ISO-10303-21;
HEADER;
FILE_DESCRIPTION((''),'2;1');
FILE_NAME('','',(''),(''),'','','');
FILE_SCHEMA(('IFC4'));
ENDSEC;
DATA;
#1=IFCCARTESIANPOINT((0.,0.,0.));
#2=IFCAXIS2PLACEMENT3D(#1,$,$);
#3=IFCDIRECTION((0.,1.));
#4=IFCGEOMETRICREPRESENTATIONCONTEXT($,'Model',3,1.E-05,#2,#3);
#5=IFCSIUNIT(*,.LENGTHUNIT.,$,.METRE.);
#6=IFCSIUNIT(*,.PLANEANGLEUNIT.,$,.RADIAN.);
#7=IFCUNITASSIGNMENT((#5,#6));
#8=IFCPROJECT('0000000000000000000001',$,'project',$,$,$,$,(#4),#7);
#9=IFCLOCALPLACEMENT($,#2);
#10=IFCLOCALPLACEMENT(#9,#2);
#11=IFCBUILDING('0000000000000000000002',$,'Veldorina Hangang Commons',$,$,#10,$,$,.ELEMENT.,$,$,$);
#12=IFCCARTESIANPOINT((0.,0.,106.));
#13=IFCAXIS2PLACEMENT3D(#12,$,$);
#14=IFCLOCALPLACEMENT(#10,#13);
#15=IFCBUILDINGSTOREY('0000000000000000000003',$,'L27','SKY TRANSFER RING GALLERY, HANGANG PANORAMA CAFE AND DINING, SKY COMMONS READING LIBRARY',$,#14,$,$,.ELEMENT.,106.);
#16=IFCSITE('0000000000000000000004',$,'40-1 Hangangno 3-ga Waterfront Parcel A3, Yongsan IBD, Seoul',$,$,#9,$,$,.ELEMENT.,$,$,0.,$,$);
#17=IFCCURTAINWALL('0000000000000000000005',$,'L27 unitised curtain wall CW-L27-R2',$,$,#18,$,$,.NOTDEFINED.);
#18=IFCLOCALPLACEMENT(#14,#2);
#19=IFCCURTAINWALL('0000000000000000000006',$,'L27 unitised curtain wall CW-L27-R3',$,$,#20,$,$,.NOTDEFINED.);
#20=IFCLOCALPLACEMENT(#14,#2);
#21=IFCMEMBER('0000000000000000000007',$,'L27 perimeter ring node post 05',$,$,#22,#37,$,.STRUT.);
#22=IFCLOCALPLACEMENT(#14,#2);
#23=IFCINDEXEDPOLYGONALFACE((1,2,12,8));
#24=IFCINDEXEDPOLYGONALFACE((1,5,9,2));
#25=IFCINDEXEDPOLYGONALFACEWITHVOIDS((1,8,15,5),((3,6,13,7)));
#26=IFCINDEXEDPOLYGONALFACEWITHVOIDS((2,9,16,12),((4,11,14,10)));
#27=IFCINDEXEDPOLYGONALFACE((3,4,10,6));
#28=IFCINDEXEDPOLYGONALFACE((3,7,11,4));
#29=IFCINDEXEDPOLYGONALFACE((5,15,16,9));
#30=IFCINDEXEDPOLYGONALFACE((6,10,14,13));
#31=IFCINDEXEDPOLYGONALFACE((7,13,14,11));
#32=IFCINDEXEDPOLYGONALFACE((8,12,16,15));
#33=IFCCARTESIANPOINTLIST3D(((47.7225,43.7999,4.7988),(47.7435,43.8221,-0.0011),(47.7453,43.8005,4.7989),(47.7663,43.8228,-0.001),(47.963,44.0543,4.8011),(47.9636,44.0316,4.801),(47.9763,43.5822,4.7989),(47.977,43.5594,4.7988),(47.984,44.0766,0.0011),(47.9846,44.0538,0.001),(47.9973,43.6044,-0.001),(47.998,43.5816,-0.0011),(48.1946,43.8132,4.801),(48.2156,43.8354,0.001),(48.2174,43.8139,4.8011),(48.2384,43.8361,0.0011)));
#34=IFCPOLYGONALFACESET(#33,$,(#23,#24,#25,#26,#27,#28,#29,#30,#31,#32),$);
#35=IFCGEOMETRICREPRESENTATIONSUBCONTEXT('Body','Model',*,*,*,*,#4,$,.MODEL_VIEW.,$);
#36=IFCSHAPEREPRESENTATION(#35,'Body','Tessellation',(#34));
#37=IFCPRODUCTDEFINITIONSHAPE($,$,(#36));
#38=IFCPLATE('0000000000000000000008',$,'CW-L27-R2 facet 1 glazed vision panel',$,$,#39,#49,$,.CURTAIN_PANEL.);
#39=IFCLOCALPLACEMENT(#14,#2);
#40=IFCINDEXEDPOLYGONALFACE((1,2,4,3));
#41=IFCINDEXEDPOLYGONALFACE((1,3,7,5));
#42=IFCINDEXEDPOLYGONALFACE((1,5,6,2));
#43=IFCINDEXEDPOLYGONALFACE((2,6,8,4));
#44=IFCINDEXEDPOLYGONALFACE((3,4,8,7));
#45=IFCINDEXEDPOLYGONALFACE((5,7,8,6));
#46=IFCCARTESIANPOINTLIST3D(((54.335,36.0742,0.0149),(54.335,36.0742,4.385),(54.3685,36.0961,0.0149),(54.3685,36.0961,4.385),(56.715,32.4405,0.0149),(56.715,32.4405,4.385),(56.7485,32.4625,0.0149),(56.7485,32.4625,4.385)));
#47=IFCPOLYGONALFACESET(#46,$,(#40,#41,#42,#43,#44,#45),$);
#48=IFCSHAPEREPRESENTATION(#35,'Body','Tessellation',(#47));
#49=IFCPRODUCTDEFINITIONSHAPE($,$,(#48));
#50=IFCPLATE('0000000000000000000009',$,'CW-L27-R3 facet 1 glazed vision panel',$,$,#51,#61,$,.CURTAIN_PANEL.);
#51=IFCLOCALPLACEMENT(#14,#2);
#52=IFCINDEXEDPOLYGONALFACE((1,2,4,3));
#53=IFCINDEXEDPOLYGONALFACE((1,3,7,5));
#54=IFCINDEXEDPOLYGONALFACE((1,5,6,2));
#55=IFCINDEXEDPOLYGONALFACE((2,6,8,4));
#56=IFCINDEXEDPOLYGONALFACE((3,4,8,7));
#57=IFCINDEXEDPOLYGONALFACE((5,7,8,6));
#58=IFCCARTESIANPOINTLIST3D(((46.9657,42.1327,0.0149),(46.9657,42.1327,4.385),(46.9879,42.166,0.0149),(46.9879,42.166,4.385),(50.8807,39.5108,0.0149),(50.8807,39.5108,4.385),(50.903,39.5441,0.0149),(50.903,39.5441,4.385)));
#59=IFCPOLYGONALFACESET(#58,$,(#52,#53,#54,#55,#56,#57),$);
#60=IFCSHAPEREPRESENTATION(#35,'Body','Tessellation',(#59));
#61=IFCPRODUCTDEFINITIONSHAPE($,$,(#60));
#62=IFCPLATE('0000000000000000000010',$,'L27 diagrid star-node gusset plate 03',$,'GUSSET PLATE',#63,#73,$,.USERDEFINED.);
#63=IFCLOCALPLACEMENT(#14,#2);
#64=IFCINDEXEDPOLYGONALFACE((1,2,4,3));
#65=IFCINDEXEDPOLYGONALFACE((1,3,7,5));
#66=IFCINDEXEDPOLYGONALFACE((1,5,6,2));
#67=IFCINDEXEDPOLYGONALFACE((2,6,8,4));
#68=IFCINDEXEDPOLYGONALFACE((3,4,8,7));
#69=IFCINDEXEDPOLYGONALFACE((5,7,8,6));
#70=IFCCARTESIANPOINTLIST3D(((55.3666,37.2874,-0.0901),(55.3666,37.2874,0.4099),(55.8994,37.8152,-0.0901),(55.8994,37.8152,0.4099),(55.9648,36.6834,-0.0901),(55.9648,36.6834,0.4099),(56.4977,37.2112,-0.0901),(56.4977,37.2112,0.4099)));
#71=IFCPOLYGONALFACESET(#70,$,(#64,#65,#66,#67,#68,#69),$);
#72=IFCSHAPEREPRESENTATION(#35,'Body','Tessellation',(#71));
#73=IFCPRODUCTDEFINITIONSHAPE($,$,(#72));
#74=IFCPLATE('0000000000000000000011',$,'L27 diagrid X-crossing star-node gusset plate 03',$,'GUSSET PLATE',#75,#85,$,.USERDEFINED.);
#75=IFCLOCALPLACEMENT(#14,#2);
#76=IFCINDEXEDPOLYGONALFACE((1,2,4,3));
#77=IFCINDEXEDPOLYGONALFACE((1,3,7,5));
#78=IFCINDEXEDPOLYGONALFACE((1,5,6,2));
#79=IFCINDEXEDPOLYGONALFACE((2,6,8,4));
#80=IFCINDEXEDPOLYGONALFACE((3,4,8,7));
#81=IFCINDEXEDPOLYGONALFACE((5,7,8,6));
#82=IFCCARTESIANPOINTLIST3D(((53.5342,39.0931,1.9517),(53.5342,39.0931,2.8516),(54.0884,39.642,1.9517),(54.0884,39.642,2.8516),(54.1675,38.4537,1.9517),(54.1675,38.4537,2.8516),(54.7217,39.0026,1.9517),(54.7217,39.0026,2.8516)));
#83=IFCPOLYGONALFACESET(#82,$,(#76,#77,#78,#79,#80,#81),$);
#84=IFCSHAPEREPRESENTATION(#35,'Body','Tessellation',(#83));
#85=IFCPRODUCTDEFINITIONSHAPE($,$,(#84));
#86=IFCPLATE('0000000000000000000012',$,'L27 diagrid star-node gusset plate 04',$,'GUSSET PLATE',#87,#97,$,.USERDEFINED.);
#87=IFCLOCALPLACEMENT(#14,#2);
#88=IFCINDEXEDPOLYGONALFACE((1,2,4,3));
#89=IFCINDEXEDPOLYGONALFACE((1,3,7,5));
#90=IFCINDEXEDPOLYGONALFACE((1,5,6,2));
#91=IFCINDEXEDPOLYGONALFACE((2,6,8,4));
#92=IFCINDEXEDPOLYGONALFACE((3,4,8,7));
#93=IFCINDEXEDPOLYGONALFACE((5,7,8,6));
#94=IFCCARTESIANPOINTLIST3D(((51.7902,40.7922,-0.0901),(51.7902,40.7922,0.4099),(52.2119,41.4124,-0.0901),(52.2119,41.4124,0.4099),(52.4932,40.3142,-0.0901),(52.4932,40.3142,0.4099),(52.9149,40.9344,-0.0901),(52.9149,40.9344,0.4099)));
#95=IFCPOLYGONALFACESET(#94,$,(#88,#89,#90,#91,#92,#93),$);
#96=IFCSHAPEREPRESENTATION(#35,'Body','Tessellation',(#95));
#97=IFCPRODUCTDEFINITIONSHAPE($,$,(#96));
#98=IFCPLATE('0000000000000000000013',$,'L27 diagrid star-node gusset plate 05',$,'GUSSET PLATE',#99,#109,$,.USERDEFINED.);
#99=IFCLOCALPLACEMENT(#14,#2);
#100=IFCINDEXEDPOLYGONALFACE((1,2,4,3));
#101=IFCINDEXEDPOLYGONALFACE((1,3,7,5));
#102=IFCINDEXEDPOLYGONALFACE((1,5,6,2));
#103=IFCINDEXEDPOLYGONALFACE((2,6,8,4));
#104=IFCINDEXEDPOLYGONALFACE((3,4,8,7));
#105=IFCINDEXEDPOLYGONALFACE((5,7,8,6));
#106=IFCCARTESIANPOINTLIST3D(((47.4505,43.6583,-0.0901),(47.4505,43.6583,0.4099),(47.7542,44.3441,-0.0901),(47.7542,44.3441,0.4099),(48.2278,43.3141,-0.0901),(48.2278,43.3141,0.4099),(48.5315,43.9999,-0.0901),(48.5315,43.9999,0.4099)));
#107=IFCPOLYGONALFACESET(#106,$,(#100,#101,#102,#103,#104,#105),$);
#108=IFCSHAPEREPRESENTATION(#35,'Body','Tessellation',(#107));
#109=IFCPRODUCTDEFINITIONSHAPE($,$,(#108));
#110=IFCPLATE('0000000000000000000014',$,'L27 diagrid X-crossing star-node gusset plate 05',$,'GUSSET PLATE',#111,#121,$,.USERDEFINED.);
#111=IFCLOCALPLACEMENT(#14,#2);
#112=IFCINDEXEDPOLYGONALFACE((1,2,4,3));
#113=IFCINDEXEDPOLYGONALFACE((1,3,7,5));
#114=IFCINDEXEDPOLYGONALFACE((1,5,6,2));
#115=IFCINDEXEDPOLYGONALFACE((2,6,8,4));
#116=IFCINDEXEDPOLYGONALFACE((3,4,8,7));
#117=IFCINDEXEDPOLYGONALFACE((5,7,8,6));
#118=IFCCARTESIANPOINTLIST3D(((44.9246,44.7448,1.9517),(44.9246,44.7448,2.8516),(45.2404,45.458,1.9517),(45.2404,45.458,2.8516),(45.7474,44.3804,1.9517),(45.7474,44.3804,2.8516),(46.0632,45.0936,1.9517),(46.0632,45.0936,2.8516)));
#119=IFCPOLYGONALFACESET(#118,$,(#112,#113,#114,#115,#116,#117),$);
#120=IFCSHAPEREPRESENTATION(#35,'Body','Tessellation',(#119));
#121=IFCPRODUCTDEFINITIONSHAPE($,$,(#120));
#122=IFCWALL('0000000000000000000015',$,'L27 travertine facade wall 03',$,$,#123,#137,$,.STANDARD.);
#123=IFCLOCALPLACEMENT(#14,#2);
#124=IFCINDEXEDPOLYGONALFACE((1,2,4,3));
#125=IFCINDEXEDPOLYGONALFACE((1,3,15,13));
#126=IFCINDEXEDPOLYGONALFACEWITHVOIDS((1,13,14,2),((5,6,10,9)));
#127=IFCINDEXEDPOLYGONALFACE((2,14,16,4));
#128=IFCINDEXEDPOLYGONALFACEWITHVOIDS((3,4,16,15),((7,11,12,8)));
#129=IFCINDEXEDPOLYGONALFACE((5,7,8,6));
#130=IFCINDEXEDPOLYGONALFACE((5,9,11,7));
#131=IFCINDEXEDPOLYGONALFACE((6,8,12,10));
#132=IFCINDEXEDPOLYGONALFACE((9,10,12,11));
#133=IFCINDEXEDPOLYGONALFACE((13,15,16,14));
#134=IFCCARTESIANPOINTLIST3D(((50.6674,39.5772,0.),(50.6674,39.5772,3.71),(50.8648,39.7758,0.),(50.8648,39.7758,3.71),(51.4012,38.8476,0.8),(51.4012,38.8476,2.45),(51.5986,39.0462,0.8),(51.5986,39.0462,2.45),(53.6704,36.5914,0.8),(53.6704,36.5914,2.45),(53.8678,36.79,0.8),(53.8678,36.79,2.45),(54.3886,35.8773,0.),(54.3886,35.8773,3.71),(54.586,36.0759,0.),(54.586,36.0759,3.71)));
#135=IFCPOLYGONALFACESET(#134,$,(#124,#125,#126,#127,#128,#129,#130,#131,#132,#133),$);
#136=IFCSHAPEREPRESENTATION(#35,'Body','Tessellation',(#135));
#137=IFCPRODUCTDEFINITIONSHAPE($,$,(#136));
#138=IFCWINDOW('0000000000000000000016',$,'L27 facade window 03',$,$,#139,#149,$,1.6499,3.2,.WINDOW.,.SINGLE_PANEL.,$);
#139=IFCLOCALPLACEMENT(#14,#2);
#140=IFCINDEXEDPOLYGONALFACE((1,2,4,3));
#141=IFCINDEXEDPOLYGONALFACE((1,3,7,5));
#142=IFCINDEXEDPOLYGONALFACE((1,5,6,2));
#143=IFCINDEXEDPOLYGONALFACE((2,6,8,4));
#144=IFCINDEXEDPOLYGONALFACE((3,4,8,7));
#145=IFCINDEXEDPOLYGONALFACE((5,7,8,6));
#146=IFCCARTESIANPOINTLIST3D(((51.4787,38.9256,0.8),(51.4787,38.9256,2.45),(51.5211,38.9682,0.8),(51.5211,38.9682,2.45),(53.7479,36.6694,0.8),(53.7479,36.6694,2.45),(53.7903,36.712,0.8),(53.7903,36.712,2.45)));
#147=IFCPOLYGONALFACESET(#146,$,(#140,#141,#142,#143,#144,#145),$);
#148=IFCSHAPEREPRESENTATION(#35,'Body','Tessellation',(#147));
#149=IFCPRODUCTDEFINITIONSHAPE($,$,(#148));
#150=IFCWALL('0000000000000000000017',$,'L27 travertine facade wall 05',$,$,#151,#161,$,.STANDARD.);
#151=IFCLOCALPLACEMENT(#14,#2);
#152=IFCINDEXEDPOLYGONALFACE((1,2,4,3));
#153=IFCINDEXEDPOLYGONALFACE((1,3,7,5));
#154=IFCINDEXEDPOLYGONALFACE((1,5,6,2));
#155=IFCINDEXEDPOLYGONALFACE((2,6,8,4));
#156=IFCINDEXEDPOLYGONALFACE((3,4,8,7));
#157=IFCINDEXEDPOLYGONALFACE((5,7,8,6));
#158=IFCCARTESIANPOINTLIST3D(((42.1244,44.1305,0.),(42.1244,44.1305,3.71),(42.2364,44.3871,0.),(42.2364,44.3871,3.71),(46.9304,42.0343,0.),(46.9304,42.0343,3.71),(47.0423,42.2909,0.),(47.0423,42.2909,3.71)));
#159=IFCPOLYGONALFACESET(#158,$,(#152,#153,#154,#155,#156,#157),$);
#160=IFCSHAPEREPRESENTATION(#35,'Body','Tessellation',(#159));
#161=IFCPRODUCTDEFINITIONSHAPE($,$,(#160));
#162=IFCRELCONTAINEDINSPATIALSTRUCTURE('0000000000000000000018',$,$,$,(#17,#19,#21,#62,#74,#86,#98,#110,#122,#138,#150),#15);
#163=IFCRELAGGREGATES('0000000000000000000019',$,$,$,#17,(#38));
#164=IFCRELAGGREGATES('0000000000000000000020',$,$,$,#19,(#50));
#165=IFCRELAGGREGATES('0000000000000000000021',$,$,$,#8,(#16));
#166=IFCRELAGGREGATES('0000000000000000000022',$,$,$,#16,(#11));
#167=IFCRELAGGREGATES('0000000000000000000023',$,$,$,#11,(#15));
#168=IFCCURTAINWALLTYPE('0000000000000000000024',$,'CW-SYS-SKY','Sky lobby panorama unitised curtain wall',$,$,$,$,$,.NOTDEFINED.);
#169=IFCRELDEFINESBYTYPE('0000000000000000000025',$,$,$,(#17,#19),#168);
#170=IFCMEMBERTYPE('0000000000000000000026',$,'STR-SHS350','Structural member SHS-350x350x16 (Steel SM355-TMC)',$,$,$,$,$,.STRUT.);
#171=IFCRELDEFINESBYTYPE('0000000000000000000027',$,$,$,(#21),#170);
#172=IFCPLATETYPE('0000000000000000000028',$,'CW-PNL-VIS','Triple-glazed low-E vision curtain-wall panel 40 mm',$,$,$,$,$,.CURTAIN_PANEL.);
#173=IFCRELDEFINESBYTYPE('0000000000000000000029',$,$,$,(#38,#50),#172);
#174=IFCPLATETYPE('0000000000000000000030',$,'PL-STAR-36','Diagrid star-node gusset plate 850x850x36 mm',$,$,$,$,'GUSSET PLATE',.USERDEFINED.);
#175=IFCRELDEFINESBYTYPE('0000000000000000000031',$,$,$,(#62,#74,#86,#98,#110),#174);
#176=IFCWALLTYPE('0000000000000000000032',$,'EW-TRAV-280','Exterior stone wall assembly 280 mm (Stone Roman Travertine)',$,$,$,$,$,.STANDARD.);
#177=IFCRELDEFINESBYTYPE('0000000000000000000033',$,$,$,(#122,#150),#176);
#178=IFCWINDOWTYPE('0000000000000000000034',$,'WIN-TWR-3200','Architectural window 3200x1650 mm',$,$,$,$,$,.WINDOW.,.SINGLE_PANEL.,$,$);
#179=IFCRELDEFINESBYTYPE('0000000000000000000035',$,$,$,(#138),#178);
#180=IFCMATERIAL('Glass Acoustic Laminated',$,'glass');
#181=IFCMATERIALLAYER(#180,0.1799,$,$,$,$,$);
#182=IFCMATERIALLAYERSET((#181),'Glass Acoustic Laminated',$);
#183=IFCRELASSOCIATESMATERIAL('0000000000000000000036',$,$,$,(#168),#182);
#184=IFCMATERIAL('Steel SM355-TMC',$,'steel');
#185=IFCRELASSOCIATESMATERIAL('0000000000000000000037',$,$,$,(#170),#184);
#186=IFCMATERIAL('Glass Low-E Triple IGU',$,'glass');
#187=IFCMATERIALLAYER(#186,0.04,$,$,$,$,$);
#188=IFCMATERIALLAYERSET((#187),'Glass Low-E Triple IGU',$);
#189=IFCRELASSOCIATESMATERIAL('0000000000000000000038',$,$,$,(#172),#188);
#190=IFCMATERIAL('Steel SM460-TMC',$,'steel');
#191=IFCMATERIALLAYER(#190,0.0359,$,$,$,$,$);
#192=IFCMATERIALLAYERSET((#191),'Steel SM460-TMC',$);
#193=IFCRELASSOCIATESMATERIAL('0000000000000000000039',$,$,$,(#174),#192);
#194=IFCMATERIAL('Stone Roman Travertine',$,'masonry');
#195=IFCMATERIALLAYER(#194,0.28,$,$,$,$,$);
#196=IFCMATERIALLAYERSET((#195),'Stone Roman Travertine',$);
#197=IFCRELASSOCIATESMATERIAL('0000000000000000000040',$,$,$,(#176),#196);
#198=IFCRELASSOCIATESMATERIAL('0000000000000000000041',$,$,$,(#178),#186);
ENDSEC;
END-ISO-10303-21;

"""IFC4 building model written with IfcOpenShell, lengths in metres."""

from ifc_helpers import new_model, si_unit, direction, frame, frame_2d, origin, origin_2d, place, context, subcontext, project, spatial, rectangle, hollow_rectangle, extrude, material, layer, layer_set, material_profile, profile_set, type_object, element, fill, aggregate, save


model = new_model("IFC4")

# Units and contexts
model_context = context("Model", 3, precision=1e-05, world=origin(), true_north=direction((0.0, 1.0)))
body_context = subcontext(model_context, "Body", "Model", "MODEL_VIEW")
ifc_project = project(units=[si_unit("LENGTHUNIT", "METRE"), si_unit("PLANEANGLEUNIT", "RADIAN")], contexts=[model_context])

# Site, building, storey
site_placement = place(None, origin())
site = spatial("IfcSite", under=ifc_project, at=site_placement, Name="40-1 Hangangno 3-ga Waterfront Parcel A3, Yongsan IBD, Seoul", CompositionType="ELEMENT", RefElevation=0.0)
building_placement = place(site_placement, origin())
building = spatial("IfcBuilding", under=site, at=building_placement, Name="Veldorina Hangang Commons", CompositionType="ELEMENT")
storey_placement = place(building_placement, frame((0.0, 0.0, 106.0)))
storey = spatial("IfcBuildingStorey", under=building, at=storey_placement, Name="L27", Description="SKY TRANSFER RING GALLERY, HANGANG PANORAMA CAFE AND DINING, SKY COMMONS READING LIBRARY", CompositionType="ELEMENT", Elevation=106.0)

# Shared definitions
ifc_material_1 = material(Name="Steel SM355-TMC", Category="steel")

# Curtain wall
ifc_material_2 = material(Name="Glass Acoustic Laminated", Category="glass")
ifc_layer_1 = layer(ifc_material_2, 0.1799)
ifc_layer_set_1 = layer_set([ifc_layer_1], Name="Glass Acoustic Laminated")
curtain_wall_type = type_object("IfcCurtainWallType", Name="CW-SYS-SKY", Description="Sky lobby panorama unitised curtain wall", PredefinedType="NOTDEFINED", material=ifc_layer_set_1)
curtain_wall_1_placement = place(storey_placement, origin())
curtain_wall_1 = element("IfcCurtainWall", 1, at=curtain_wall_1_placement, inside=storey, type_object=curtain_wall_type, Name="L27 unitised curtain wall CW-L27-R2", PredefinedType="NOTDEFINED")

# Curtain wall
curtain_wall_2_placement = place(storey_placement, origin())
curtain_wall_2 = element("IfcCurtainWall", 2, at=curtain_wall_2_placement, inside=storey, type_object=curtain_wall_type, Name="L27 unitised curtain wall CW-L27-R3", PredefinedType="NOTDEFINED")

# Member
ifc_material_3 = material(Name="Steel SM460-TMC", Category="steel")
ifc_material_profile_1 = material_profile(ifc_material_1, hollow_rectangle(XDim=0.3501, YDim=0.3501, WallThickness=0.0161, at=origin_2d()), Name="SHS-350x350x16")
ifc_profile_set_1 = profile_set([ifc_material_profile_1], Name="Steel SM355-TMC")
member_type_1 = type_object("IfcMemberType", Name="STR-SHS350", Description="Structural member SHS-350x350x16 (Steel SM355-TMC)", PredefinedType="STRUT", material=ifc_profile_set_1)
for number, where, z_axis, x_axis, name in (
    (3, (47.991, 43.8291, 0.0), (-0.004374, -0.004628, 0.99998), (0.726792, -0.686858, 0.0), "L27 perimeter ring node post 05"),
):
    element("IfcMember", number, at=place(storey_placement, frame(where, z_axis=z_axis, x_axis=x_axis)), inside=storey, type_object=member_type_1, Name=name, PredefinedType="STRUT", context=body_context, shape_type="SweptSolid", body=[
        extrude(hollow_rectangle(XDim=0.3501, YDim=0.3501, WallThickness=0.0161, at=origin_2d()), origin(), (0.0, 0.0, 1.0), 4.8),
    ])

# Plates
ifc_material_4 = material(Name="Glass Low-E Triple IGU", Category="glass")
ifc_layer_2 = layer(ifc_material_4, 0.04)
ifc_layer_set_2 = layer_set([ifc_layer_2], Name="Glass Low-E Triple IGU")
plate_type_1 = type_object("IfcPlateType", Name="CW-PNL-VIS", Description="Triple-glazed low-E vision curtain-wall panel 40 mm", PredefinedType="CURTAIN_PANEL", material=ifc_layer_set_2)
plate_1_placement = place(storey_placement, frame((55.5417, 34.2683, 0.0149), z_axis=(0.0, 0.0, 1.0), x_axis=(-0.547928, 0.836525, 0.0)))
plate_1 = element("IfcPlate", 4, at=plate_1_placement, type_object=plate_type_1, Name="CW-L27-R2 facet 1 glazed vision panel", PredefinedType="CURTAIN_PANEL", context=body_context, shape_type="SweptSolid", body=[
    extrude(rectangle(XDim=4.3438, YDim=0.04, at=origin_2d()), origin(), (0.0, 0.0, 1.0), 4.3701),
])
aggregate(curtain_wall_1, [plate_1])
plate_2_placement = place(storey_placement, frame((48.9343, 40.8384, 0.0149), z_axis=(0.0, 0.0, 1.0), x_axis=(-0.830887, 0.556441, 0.0)))
plate_2 = element("IfcPlate", 5, at=plate_2_placement, type_object=plate_type_1, Name="CW-L27-R3 facet 1 glazed vision panel", PredefinedType="CURTAIN_PANEL", context=body_context, shape_type="SweptSolid", body=[
    extrude(rectangle(XDim=4.7119, YDim=0.04, at=origin_2d()), origin(), (0.0, 0.0, 1.0), 4.3701),
])
aggregate(curtain_wall_2, [plate_2])

# Plates
ifc_layer_3 = layer(ifc_material_3, 0.0359)
ifc_layer_set_3 = layer_set([ifc_layer_3], Name="Steel SM460-TMC")
plate_type_2 = type_object("IfcPlateType", Name="PL-STAR-36", Description="Diagrid star-node gusset plate 850x850x36 mm", ElementType="GUSSET PLATE", PredefinedType="USERDEFINED", material=ifc_layer_set_3)
plate_3_placement = place(storey_placement, frame((55.9321, 37.2493, -0.0901), z_axis=(0.0, 0.0, 1.0), x_axis=(-0.703717, 0.71048, 0.0)))
element("IfcPlate", 6, at=plate_3_placement, inside=storey, type_object=plate_type_2, Name="L27 diagrid star-node gusset plate 03", ObjectType="GUSSET PLATE", PredefinedType="USERDEFINED", context=body_context, shape_type="SweptSolid", body=[
    extrude(rectangle(XDim=0.8501, YDim=0.75, at=origin_2d()), origin(), (0.0, 0.0, 1.0), 0.5),
])
plate_4_placement = place(storey_placement, frame((54.1279, 39.0479, 1.9517), z_axis=(0.0, 0.0, 1.0), x_axis=(-0.703717, 0.71048, 0.0)))
element("IfcPlate", 7, at=plate_4_placement, inside=storey, type_object=plate_type_2, Name="L27 diagrid X-crossing star-node gusset plate 03", ObjectType="GUSSET PLATE", PredefinedType="USERDEFINED", context=body_context, shape_type="SweptSolid", body=[
    extrude(rectangle(XDim=0.8999, YDim=0.78, at=origin_2d()), origin(), (0.0, 0.0, 1.0), 0.8999),
])
for number, where, z_axis, x_axis, name in (
    (8, (52.3525, 40.8633, -0.0901), (0.0, 0.0, 1.0), (-0.826943, 0.562285, 0.0), "L27 diagrid star-node gusset plate 04"),
    (9, (47.991, 43.8291, -0.0901), (0.0, 0.0, 1.0), (-0.914346, 0.404934, 0.0), "L27 diagrid star-node gusset plate 05"),
):
    element("IfcPlate", number, at=place(storey_placement, frame(where, z_axis=z_axis, x_axis=x_axis)), inside=storey, type_object=plate_type_2, Name=name, ObjectType="GUSSET PLATE", PredefinedType="USERDEFINED", context=body_context, shape_type="SweptSolid", body=[
        extrude(rectangle(XDim=0.8501, YDim=0.75, at=origin_2d()), origin(), (0.0, 0.0, 1.0), 0.5),
    ])
plate_5_placement = place(storey_placement, frame((45.4939, 44.9192, 1.9517), z_axis=(0.0, 0.0, 1.0), x_axis=(-0.914346, 0.404934, 0.0)))
element("IfcPlate", 10, at=plate_5_placement, inside=storey, type_object=plate_type_2, Name="L27 diagrid X-crossing star-node gusset plate 05", ObjectType="GUSSET PLATE", PredefinedType="USERDEFINED", context=body_context, shape_type="SweptSolid", body=[
    extrude(rectangle(XDim=0.8999, YDim=0.78, at=origin_2d()), origin(), (0.0, 0.0, 1.0), 0.8999),
])

# Wall, opening, window
ifc_material_5 = material(Name="Stone Roman Travertine", Category="masonry")
ifc_layer_4 = layer(ifc_material_5, 0.28)
ifc_layer_set_4 = layer_set([ifc_layer_4], Name="Stone Roman Travertine")
wall_type = type_object("IfcWallType", Name="EW-TRAV-280", Description="Exterior stone wall assembly 280 mm (Stone Roman Travertine)", PredefinedType="STANDARD", material=ifc_layer_set_4)
wall_1_placement = place(storey_placement, frame((54.4873, 35.9766, 0.0), z_axis=(0.0, 0.0, 1.0), x_axis=(-0.709128, 0.70508, 0.0)))
wall_1 = element("IfcWall", 11, at=wall_1_placement, inside=storey, type_object=wall_type, Name="L27 travertine facade wall 03", PredefinedType="STANDARD", context=body_context, shape_type="SweptSolid", body=[
    extrude(rectangle(XDim=5.2476, YDim=0.28, at=frame_2d((2.6238, 0.0))), origin(), (0.0, 0.0, 1.0), 3.71),
])
opening_placement = place(wall_1_placement, frame((1.0127, 0.0, 0.8)))
opening = element("IfcOpeningElement", 12, at=opening_placement, cuts=wall_1, PredefinedType="OPENING", context=body_context, shape_type="SweptSolid", body=[
    extrude(rectangle(XDim=3.2, YDim=1.6499, at=frame_2d((1.6001, 0.825))), frame((0.0, 0.1499, 0.0), z_axis=(0.0, -1.0, 0.0), x_axis=(1.0, 0.0, 0.0)), (0.0, 0.0, 1.0), 0.3),
])
window_type = type_object("IfcWindowType", Name="WIN-TWR-3200", Description="Architectural window 3200x1650 mm", PartitioningType="SINGLE_PANEL", PredefinedType="WINDOW", material=ifc_material_4)
window_placement = place(opening_placement, origin())
window = element("IfcWindow", 13, at=window_placement, inside=storey, type_object=window_type, Name="L27 facade window 03", OverallHeight=1.6499, OverallWidth=3.2, PartitioningType="SINGLE_PANEL", PredefinedType="WINDOW", context=body_context, shape_type="SweptSolid", body=[
    extrude(rectangle(XDim=3.2, YDim=1.6499, at=frame_2d((1.6001, 0.825))), frame((0.0, 0.03, 0.0), z_axis=(0.0, -1.0, 0.0), x_axis=(1.0, 0.0, 0.0)), (0.0, 0.0, 1.0), 0.0601),
])
fill(opening, window)

# Wall
wall_2_placement = place(storey_placement, frame((46.9863, 42.1626, 0.0), z_axis=(0.0, 0.0, 1.0), x_axis=(-0.916605, 0.399795, 0.0)))
element("IfcWall", 14, at=wall_2_placement, inside=storey, type_object=wall_type, Name="L27 travertine facade wall 05", PredefinedType="STANDARD", context=body_context, shape_type="SweptSolid", body=[
    extrude(rectangle(XDim=5.2432, YDim=0.28, at=frame_2d((2.6216, 0.0))), origin(), (0.0, 0.0, 1.0), 3.71),
])

save(model, "model.ifc")
